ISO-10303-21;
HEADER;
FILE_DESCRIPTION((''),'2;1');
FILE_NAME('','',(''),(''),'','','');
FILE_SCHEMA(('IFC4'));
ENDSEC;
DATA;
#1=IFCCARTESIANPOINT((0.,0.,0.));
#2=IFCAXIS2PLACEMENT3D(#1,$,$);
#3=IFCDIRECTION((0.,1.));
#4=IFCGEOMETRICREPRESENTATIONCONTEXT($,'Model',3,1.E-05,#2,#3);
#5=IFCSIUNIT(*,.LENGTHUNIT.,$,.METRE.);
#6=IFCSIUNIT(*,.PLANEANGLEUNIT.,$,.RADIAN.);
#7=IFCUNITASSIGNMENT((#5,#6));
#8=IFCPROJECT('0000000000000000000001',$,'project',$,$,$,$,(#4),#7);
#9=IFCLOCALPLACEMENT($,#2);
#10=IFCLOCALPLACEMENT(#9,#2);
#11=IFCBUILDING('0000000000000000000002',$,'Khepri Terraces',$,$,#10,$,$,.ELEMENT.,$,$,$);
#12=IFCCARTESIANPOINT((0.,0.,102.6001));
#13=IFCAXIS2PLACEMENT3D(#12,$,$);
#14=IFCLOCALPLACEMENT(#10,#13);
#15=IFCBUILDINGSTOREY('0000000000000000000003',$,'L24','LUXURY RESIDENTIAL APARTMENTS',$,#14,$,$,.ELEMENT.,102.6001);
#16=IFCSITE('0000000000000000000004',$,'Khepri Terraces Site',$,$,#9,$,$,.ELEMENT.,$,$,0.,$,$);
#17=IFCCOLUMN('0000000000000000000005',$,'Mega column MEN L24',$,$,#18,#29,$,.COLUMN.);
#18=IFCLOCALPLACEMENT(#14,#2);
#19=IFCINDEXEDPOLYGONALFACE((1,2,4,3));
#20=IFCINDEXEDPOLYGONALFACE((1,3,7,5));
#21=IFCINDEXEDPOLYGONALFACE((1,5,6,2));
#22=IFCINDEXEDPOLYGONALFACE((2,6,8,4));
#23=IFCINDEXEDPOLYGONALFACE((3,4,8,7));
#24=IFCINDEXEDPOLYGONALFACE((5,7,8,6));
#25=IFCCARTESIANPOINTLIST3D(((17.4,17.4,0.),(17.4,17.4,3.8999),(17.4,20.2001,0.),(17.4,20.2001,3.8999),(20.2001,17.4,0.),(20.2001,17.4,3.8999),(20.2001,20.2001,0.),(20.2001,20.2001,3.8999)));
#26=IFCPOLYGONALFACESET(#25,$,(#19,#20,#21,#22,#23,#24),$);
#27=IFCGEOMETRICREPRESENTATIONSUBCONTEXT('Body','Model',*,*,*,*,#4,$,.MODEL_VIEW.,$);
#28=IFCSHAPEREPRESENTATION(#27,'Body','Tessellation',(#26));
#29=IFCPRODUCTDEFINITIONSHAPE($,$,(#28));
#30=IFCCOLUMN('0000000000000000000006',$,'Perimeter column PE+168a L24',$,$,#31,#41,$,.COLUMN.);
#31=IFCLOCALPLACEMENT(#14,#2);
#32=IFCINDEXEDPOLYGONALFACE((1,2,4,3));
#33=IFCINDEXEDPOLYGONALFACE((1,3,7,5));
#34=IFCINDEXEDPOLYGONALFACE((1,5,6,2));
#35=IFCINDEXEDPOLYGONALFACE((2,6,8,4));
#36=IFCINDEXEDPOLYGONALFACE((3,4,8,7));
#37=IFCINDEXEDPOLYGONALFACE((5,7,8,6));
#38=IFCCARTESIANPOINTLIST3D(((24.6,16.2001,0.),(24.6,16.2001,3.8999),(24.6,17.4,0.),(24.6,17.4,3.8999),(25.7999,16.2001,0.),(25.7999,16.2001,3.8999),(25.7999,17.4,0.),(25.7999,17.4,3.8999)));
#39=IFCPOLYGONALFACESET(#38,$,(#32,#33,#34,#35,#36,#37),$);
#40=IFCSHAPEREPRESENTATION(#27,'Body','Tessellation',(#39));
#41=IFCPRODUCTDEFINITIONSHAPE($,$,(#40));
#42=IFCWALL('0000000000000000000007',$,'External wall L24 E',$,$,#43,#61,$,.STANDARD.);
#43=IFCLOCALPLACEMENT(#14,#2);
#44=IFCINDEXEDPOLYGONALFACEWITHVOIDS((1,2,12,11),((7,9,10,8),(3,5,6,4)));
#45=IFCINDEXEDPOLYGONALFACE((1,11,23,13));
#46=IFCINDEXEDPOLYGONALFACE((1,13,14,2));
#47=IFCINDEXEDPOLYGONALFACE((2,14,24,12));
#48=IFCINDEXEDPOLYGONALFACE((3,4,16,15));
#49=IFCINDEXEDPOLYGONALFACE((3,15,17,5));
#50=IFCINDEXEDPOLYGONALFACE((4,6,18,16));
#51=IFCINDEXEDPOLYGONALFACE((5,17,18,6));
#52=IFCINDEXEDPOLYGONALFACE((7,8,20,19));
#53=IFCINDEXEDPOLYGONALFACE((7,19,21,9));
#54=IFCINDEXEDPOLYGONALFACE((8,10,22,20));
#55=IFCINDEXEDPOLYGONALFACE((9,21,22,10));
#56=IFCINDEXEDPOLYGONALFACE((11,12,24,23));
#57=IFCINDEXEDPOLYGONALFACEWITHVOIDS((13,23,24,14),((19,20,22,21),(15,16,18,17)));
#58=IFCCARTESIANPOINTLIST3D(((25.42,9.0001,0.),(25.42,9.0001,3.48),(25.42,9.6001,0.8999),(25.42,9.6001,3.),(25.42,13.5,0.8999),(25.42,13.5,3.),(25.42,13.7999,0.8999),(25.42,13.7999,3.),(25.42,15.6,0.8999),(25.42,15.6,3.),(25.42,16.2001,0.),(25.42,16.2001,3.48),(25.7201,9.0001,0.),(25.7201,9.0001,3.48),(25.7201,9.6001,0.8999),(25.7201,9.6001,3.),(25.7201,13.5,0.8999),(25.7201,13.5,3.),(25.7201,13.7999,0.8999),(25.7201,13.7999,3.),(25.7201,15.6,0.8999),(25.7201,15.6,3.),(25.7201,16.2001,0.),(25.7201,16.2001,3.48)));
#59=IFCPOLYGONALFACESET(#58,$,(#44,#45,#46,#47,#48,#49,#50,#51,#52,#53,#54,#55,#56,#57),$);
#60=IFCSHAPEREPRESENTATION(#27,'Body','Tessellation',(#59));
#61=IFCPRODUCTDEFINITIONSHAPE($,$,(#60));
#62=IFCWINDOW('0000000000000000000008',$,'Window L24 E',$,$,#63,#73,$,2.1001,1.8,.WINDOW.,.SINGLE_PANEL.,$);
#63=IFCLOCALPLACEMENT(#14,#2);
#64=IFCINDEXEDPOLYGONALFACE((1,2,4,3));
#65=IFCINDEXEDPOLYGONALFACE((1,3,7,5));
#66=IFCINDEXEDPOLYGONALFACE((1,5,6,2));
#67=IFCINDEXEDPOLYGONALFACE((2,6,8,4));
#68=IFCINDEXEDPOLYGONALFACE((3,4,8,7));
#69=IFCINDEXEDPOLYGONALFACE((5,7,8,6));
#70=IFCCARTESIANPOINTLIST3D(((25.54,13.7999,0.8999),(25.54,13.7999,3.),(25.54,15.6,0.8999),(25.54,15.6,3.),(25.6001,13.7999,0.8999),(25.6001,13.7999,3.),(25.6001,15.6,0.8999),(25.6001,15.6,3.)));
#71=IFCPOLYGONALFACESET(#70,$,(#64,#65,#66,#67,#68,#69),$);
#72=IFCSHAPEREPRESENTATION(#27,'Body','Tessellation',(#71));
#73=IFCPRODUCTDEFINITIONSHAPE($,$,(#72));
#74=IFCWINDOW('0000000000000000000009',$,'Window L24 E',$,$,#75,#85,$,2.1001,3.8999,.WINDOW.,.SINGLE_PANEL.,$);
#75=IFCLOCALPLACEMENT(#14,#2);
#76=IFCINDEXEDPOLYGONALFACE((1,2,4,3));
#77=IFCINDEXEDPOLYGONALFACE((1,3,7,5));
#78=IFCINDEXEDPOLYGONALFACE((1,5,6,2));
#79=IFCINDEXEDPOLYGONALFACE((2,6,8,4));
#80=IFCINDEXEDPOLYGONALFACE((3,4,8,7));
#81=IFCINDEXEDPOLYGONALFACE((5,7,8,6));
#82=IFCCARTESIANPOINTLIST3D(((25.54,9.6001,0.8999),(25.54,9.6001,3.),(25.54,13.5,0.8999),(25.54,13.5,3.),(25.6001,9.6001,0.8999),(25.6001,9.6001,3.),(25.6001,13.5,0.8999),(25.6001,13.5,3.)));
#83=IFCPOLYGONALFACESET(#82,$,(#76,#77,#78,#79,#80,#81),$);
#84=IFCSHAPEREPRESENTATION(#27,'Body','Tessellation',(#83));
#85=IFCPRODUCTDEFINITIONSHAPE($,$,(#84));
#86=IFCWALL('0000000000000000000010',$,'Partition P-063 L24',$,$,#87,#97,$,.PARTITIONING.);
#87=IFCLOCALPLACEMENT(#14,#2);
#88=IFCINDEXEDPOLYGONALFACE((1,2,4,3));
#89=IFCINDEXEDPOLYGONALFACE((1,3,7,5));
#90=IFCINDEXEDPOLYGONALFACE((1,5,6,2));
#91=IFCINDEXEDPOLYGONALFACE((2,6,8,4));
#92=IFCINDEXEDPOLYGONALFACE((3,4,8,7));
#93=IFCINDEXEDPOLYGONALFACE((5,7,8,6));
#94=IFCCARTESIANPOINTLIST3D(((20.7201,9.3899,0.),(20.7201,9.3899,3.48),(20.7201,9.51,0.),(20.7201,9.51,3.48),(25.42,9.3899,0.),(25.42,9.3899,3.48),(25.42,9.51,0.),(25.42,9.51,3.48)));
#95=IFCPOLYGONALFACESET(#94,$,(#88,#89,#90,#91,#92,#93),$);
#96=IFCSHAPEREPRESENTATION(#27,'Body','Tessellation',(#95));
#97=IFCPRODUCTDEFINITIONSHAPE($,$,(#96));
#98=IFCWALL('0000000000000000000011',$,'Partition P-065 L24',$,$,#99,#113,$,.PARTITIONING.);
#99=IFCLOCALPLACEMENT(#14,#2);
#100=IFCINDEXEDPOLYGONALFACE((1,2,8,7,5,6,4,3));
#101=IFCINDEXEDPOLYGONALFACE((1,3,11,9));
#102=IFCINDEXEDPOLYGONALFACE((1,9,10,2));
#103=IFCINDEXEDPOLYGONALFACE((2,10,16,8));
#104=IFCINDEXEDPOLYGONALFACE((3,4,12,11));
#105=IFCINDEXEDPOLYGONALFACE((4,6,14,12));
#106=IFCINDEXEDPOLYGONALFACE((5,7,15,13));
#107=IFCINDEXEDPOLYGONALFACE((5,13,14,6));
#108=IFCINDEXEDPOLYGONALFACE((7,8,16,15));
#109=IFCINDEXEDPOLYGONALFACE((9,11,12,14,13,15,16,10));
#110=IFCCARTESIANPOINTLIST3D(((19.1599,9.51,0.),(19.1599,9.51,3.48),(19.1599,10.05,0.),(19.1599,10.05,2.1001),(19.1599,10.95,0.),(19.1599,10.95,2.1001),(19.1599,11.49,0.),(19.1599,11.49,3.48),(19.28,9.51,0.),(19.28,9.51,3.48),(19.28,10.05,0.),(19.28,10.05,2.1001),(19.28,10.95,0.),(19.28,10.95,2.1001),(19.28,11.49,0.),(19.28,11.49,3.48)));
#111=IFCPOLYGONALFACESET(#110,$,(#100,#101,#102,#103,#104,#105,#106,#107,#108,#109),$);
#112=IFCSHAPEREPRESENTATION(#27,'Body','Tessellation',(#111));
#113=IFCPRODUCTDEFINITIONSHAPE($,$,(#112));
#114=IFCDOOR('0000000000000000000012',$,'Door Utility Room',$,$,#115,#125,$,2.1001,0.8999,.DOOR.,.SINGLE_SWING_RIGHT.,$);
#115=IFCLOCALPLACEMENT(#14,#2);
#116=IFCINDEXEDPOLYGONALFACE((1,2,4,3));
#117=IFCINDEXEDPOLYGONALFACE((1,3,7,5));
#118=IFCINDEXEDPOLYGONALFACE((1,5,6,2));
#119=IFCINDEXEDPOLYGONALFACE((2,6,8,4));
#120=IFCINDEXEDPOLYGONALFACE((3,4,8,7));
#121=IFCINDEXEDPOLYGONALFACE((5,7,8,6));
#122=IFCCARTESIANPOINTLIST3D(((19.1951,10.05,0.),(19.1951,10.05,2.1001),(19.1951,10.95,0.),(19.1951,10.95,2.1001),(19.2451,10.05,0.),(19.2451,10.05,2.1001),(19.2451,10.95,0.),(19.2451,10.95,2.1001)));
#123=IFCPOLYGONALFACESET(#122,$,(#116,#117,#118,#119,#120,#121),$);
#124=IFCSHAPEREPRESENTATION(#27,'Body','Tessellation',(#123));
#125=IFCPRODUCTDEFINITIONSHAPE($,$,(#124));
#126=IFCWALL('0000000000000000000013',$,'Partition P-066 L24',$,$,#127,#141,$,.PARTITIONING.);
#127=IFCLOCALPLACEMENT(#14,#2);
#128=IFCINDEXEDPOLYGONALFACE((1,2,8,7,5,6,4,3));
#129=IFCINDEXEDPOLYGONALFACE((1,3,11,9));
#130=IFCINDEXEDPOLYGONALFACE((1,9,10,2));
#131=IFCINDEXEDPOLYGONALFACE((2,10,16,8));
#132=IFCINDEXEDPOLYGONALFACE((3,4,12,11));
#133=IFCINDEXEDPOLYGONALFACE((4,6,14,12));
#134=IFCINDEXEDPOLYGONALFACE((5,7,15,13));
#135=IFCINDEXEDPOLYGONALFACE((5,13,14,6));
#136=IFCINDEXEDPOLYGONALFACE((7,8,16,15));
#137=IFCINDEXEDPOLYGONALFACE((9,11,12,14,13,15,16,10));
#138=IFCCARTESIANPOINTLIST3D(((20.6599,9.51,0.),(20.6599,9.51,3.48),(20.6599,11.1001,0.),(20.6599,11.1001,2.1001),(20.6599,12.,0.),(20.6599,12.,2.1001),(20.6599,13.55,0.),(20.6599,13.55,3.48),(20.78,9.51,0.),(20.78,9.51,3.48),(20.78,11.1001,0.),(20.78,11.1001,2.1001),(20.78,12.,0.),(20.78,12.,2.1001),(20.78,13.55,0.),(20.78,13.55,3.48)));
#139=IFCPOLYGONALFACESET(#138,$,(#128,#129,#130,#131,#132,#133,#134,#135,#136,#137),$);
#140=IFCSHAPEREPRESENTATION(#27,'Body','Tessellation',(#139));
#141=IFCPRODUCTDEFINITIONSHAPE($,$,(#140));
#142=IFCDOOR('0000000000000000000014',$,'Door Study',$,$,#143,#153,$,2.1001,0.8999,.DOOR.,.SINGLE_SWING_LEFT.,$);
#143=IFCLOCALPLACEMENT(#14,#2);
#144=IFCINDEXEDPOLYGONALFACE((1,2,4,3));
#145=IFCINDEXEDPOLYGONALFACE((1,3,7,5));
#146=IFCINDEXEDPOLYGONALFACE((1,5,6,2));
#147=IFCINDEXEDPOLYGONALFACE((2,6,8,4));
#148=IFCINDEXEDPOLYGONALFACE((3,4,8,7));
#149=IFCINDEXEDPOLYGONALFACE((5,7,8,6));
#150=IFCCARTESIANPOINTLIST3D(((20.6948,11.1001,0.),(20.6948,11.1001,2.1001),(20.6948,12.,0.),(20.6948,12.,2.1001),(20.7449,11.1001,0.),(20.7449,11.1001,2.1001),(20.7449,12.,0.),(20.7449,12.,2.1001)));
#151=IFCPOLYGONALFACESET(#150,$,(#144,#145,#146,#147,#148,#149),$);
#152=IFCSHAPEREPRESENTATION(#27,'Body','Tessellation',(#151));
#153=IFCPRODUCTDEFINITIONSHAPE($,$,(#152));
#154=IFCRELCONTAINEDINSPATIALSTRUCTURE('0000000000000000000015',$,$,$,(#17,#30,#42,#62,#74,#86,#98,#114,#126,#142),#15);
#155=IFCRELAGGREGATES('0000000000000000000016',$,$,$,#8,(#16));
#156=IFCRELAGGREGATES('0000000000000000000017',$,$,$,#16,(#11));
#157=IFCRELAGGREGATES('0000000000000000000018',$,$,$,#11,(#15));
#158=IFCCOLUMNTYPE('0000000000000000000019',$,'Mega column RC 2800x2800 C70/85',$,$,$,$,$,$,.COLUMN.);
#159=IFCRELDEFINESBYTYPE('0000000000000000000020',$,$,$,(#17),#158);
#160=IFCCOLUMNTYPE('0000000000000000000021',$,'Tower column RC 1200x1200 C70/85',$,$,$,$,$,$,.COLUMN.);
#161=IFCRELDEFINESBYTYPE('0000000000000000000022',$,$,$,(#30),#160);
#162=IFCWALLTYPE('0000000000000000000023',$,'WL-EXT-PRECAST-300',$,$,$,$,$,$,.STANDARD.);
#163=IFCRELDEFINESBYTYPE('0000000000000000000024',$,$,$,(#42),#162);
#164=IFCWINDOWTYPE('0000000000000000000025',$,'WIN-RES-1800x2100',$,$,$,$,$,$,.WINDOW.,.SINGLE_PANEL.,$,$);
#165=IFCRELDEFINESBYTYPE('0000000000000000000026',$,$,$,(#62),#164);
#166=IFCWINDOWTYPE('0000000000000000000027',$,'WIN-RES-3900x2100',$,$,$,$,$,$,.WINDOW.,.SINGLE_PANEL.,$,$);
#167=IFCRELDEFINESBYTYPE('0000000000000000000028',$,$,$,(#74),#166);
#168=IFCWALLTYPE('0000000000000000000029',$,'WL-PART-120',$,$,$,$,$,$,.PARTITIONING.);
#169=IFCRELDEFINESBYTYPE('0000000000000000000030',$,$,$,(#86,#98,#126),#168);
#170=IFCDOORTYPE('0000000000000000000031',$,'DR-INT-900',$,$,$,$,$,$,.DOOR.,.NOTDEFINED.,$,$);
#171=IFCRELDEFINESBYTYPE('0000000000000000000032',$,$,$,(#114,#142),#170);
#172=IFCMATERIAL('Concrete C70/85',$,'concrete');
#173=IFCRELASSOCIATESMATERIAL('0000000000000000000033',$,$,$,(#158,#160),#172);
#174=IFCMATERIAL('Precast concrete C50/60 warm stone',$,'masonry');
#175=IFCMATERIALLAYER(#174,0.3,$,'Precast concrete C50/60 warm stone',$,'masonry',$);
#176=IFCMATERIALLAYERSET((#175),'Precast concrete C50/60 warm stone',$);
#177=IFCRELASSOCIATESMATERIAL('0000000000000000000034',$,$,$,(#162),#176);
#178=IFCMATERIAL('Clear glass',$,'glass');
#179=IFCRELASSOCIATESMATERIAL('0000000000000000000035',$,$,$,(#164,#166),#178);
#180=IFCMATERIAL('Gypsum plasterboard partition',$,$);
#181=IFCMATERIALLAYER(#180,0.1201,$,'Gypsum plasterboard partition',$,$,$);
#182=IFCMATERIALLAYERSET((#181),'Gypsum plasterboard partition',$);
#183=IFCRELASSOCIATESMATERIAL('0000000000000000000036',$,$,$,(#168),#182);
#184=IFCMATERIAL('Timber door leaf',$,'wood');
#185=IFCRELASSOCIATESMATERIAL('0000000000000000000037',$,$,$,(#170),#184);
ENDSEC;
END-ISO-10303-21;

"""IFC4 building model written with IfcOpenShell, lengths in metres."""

from ifc_helpers import new_model, si_unit, direction, frame, frame_2d, origin, origin_2d, place, context, subcontext, project, spatial, rectangle, extrude, material, layer, layer_set, material_profile, profile_set, type_object, element, fill, save


model = new_model("IFC4")

# Units and contexts
model_context = context("Model", 3, precision=1e-05, world=origin(), true_north=direction((0.0, 1.0)))
body_context = subcontext(model_context, "Body", "Model", "MODEL_VIEW")
ifc_project = project(units=[si_unit("LENGTHUNIT", "METRE"), si_unit("PLANEANGLEUNIT", "RADIAN")], contexts=[model_context])

# Site, building, storey
site_placement = place(None, origin())
site = spatial("IfcSite", under=ifc_project, at=site_placement, Name="Khepri Terraces Site", CompositionType="ELEMENT", RefElevation=0.0)
building_placement = place(site_placement, origin())
building = spatial("IfcBuilding", under=site, at=building_placement, Name="Khepri Terraces", CompositionType="ELEMENT")
storey_placement = place(building_placement, frame((0.0, 0.0, 102.6001)))
storey = spatial("IfcBuildingStorey", under=building, at=storey_placement, Name="L24", Description="LUXURY RESIDENTIAL APARTMENTS", CompositionType="ELEMENT", Elevation=102.6001)

# Columns
ifc_material_1 = material(Name="Concrete C70/85", Category="concrete")
ifc_material_profile_1 = material_profile(ifc_material_1, rectangle(XDim=2.8, YDim=2.8, at=origin_2d()), Name="Concrete C70/85", Category="concrete")
ifc_profile_set_1 = profile_set([ifc_material_profile_1], Name="Concrete C70/85")
column_type_1 = type_object("IfcColumnType", Name="Mega column RC 2800x2800 C70/85", PredefinedType="COLUMN", material=ifc_profile_set_1)
column_1_placement = place(storey_placement, frame((18.8, 18.8, 0.0), z_axis=(0.0, 0.0, 1.0), x_axis=(1.0, 0.0, 0.0)))
element("IfcColumn", 1, at=column_1_placement, inside=storey, type_object=column_type_1, Name="Mega column MEN L24", PredefinedType="COLUMN", context=body_context, shape_type="SweptSolid", body=[
    extrude(rectangle(XDim=2.8, YDim=2.8, at=origin_2d()), origin(), (0.0, 0.0, 1.0), 3.8999),
])
ifc_material_profile_2 = material_profile(ifc_material_1, rectangle(XDim=1.2, YDim=1.2, at=origin_2d()), Name="Concrete C70/85", Category="concrete")
ifc_profile_set_2 = profile_set([ifc_material_profile_2], Name="Concrete C70/85")
column_type_2 = type_object("IfcColumnType", Name="Tower column RC 1200x1200 C70/85", PredefinedType="COLUMN", material=ifc_profile_set_2)
column_2_placement = place(storey_placement, frame((25.2, 16.8, 0.0), z_axis=(0.0, 0.0, 1.0), x_axis=(1.0, 0.0, 0.0)))
element("IfcColumn", 2, at=column_2_placement, inside=storey, type_object=column_type_2, Name="Perimeter column PE+168a L24", PredefinedType="COLUMN", context=body_context, shape_type="SweptSolid", body=[
    extrude(rectangle(XDim=1.2, YDim=1.2, at=origin_2d()), origin(), (0.0, 0.0, 1.0), 3.8999),
])

# Wall, openings, windows
ifc_material_2 = material(Name="Precast concrete C50/60 warm stone", Category="masonry")
ifc_layer_1 = layer(ifc_material_2, 0.3, Name="Precast concrete C50/60 warm stone", Category="masonry")
ifc_layer_set_1 = layer_set([ifc_layer_1], Name="Precast concrete C50/60 warm stone")
wall_type_1 = type_object("IfcWallType", Name="WL-EXT-PRECAST-300", PredefinedType="STANDARD", material=ifc_layer_set_1)
wall_1_placement = place(storey_placement, frame((25.5701, 9.0, 0.0), z_axis=(0.0, 0.0, 1.0), x_axis=(0.0, 1.0, 0.0)))
wall_1 = element("IfcWall", 3, at=wall_1_placement, inside=storey, type_object=wall_type_1, Name="External wall L24 E", PredefinedType="STANDARD", context=body_context, shape_type="SweptSolid", body=[
    extrude(rectangle(XDim=7.2, YDim=0.3, at=frame_2d((3.6001, 0.0))), origin(), (0.0, 0.0, 1.0), 3.48),
])
opening_1_placement = place(wall_1_placement, frame((0.6001, 0.0, 0.8999)))
opening_1 = element("IfcOpeningElement", 4, at=opening_1_placement, cuts=wall_1, PredefinedType="OPENING", context=body_context, shape_type="SweptSolid", body=[
    extrude(rectangle(XDim=3.8999, YDim=2.1001, at=frame_2d((1.95, 1.05))), frame((0.0, 0.1602, 0.0), z_axis=(0.0, -1.0, 0.0), x_axis=(1.0, 0.0, 0.0)), (0.0, 0.0, 1.0), 0.3201),
])
opening_2_placement = place(wall_1_placement, frame((4.8, 0.0, 0.8999)))
opening_2 = element("IfcOpeningElement", 5, at=opening_2_placement, cuts=wall_1, PredefinedType="OPENING", context=body_context, shape_type="SweptSolid", body=[
    extrude(rectangle(XDim=1.8, YDim=2.1001, at=frame_2d((0.8999, 1.05))), frame((0.0, 0.1602, 0.0), z_axis=(0.0, -1.0, 0.0), x_axis=(1.0, 0.0, 0.0)), (0.0, 0.0, 1.0), 0.3201),
])
ifc_material_3 = material(Name="Clear glass", Category="glass")
window_type_1 = type_object("IfcWindowType", Name="WIN-RES-1800x2100", PartitioningType="SINGLE_PANEL", PredefinedType="WINDOW", material=ifc_material_3)
window_1_placement = place(opening_2_placement, origin())
window_1 = element("IfcWindow", 6, at=window_1_placement, inside=storey, type_object=window_type_1, Name="Window L24 E", OverallHeight=2.1001, OverallWidth=1.8, PartitioningType="SINGLE_PANEL", PredefinedType="WINDOW", context=body_context, shape_type="SweptSolid", body=[
    extrude(rectangle(XDim=1.8, YDim=2.1001, at=frame_2d((0.8999, 1.05))), frame((0.0, 0.03, 0.0), z_axis=(0.0, -1.0, 0.0), x_axis=(1.0, 0.0, 0.0)), (0.0, 0.0, 1.0), 0.0601),
])
fill(opening_2, window_1)
window_type_2 = type_object("IfcWindowType", Name="WIN-RES-3900x2100", PartitioningType="SINGLE_PANEL", PredefinedType="WINDOW", material=ifc_material_3)
window_2_placement = place(opening_1_placement, origin())
window_2 = element("IfcWindow", 7, at=window_2_placement, inside=storey, type_object=window_type_2, Name="Window L24 E", OverallHeight=2.1001, OverallWidth=3.8999, PartitioningType="SINGLE_PANEL", PredefinedType="WINDOW", context=body_context, shape_type="SweptSolid", body=[
    extrude(rectangle(XDim=3.8999, YDim=2.1001, at=frame_2d((1.95, 1.05))), frame((0.0, 0.03, 0.0), z_axis=(0.0, -1.0, 0.0), x_axis=(1.0, 0.0, 0.0)), (0.0, 0.0, 1.0), 0.0601),
])
fill(opening_1, window_2)

# Wall
ifc_material_4 = material(Name="Gypsum plasterboard partition")
ifc_layer_2 = layer(ifc_material_4, 0.1201, Name="Gypsum plasterboard partition")
ifc_layer_set_2 = layer_set([ifc_layer_2], Name="Gypsum plasterboard partition")
wall_type_2 = type_object("IfcWallType", Name="WL-PART-120", PredefinedType="PARTITIONING", material=ifc_layer_set_2)
wall_2_placement = place(storey_placement, frame((20.72, 9.45, 0.0), z_axis=(0.0, 0.0, 1.0), x_axis=(1.0, 0.0, 0.0)))
element("IfcWall", 8, at=wall_2_placement, inside=storey, type_object=wall_type_2, Name="Partition P-063 L24", PredefinedType="PARTITIONING", context=body_context, shape_type="SweptSolid", body=[
    extrude(rectangle(XDim=4.7, YDim=0.1201, at=frame_2d((2.3501, 0.0))), origin(), (0.0, 0.0, 1.0), 3.48),
])

# Walls, openings, doors
wall_3_placement = place(storey_placement, frame((19.22, 9.51, 0.0), z_axis=(0.0, 0.0, 1.0), x_axis=(0.0, 1.0, 0.0)))
wall_3 = element("IfcWall", 9, at=wall_3_placement, inside=storey, type_object=wall_type_2, Name="Partition P-065 L24", PredefinedType="PARTITIONING", context=body_context, shape_type="SweptSolid", body=[
    extrude(rectangle(XDim=1.98, YDim=0.1201, at=frame_2d((0.99, 0.0))), origin(), (0.0, 0.0, 1.0), 3.48),
])
opening_3_placement = place(wall_3_placement, frame((0.54, 0.0, 0.0)))
opening_3 = element("IfcOpeningElement", 10, at=opening_3_placement, cuts=wall_3, PredefinedType="OPENING", context=body_context, shape_type="SweptSolid", body=[
    extrude(rectangle(XDim=0.8999, YDim=2.1001, at=frame_2d((0.45, 1.05))), frame((0.0, 0.0701, 0.0), z_axis=(0.0, -1.0, 0.0), x_axis=(1.0, 0.0, 0.0)), (0.0, 0.0, 1.0), 0.1401),
])
ifc_material_5 = material(Name="Timber door leaf", Category="wood")
door_type_1 = type_object("IfcDoorType", Name="DR-INT-900", OperationType="NOTDEFINED", PredefinedType="DOOR", material=ifc_material_5)
door_1_placement = place(opening_3_placement, origin())
door_1 = element("IfcDoor", 11, at=door_1_placement, inside=storey, type_object=door_type_1, Name="Door Utility Room", OperationType="SINGLE_SWING_RIGHT", OverallHeight=2.1001, OverallWidth=0.8999, PredefinedType="DOOR", context=body_context, shape_type="SweptSolid", body=[
    extrude(rectangle(XDim=0.8999, YDim=2.1001, at=frame_2d((0.45, 1.05))), frame((0.0, 0.0249, 0.0), z_axis=(0.0, -1.0, 0.0), x_axis=(1.0, 0.0, 0.0)), (0.0, 0.0, 1.0), 0.05),
])
fill(opening_3, door_1)
wall_4_placement = place(storey_placement, frame((20.72, 9.51, 0.0), z_axis=(0.0, 0.0, 1.0), x_axis=(0.0, 1.0, 0.0)))
wall_4 = element("IfcWall", 12, at=wall_4_placement, inside=storey, type_object=wall_type_2, Name="Partition P-066 L24", PredefinedType="PARTITIONING", context=body_context, shape_type="SweptSolid", body=[
    extrude(rectangle(XDim=4.04, YDim=0.1201, at=frame_2d((2.02, 0.0))), origin(), (0.0, 0.0, 1.0), 3.48),
])
opening_4_placement = place(wall_4_placement, frame((1.5901, 0.0, 0.0)))
opening_4 = element("IfcOpeningElement", 13, at=opening_4_placement, cuts=wall_4, PredefinedType="OPENING", context=body_context, shape_type="SweptSolid", body=[
    extrude(rectangle(XDim=0.8999, YDim=2.1001, at=frame_2d((0.45, 1.05))), frame((0.0, 0.0701, 0.0), z_axis=(0.0, -1.0, 0.0), x_axis=(1.0, 0.0, 0.0)), (0.0, 0.0, 1.0), 0.1401),
])
door_2_placement = place(opening_4_placement, frame((0.8999, 0.0, 0.0), z_axis=(0.0, 0.0, 1.0), x_axis=(-1.0, 0.0, 0.0)))
door_2 = element("IfcDoor", 14, at=door_2_placement, inside=storey, type_object=door_type_1, Name="Door Study", OperationType="SINGLE_SWING_LEFT", OverallHeight=2.1001, OverallWidth=0.8999, PredefinedType="DOOR", context=body_context, shape_type="SweptSolid", body=[
    extrude(rectangle(XDim=0.8999, YDim=2.1001, at=frame_2d((0.45, 1.05))), frame((0.0, 0.0249, 0.0), z_axis=(0.0, -1.0, 0.0), x_axis=(1.0, 0.0, 0.0)), (0.0, 0.0, 1.0), 0.05),
])
fill(opening_4, door_2)

save(model, "model.ifc")
